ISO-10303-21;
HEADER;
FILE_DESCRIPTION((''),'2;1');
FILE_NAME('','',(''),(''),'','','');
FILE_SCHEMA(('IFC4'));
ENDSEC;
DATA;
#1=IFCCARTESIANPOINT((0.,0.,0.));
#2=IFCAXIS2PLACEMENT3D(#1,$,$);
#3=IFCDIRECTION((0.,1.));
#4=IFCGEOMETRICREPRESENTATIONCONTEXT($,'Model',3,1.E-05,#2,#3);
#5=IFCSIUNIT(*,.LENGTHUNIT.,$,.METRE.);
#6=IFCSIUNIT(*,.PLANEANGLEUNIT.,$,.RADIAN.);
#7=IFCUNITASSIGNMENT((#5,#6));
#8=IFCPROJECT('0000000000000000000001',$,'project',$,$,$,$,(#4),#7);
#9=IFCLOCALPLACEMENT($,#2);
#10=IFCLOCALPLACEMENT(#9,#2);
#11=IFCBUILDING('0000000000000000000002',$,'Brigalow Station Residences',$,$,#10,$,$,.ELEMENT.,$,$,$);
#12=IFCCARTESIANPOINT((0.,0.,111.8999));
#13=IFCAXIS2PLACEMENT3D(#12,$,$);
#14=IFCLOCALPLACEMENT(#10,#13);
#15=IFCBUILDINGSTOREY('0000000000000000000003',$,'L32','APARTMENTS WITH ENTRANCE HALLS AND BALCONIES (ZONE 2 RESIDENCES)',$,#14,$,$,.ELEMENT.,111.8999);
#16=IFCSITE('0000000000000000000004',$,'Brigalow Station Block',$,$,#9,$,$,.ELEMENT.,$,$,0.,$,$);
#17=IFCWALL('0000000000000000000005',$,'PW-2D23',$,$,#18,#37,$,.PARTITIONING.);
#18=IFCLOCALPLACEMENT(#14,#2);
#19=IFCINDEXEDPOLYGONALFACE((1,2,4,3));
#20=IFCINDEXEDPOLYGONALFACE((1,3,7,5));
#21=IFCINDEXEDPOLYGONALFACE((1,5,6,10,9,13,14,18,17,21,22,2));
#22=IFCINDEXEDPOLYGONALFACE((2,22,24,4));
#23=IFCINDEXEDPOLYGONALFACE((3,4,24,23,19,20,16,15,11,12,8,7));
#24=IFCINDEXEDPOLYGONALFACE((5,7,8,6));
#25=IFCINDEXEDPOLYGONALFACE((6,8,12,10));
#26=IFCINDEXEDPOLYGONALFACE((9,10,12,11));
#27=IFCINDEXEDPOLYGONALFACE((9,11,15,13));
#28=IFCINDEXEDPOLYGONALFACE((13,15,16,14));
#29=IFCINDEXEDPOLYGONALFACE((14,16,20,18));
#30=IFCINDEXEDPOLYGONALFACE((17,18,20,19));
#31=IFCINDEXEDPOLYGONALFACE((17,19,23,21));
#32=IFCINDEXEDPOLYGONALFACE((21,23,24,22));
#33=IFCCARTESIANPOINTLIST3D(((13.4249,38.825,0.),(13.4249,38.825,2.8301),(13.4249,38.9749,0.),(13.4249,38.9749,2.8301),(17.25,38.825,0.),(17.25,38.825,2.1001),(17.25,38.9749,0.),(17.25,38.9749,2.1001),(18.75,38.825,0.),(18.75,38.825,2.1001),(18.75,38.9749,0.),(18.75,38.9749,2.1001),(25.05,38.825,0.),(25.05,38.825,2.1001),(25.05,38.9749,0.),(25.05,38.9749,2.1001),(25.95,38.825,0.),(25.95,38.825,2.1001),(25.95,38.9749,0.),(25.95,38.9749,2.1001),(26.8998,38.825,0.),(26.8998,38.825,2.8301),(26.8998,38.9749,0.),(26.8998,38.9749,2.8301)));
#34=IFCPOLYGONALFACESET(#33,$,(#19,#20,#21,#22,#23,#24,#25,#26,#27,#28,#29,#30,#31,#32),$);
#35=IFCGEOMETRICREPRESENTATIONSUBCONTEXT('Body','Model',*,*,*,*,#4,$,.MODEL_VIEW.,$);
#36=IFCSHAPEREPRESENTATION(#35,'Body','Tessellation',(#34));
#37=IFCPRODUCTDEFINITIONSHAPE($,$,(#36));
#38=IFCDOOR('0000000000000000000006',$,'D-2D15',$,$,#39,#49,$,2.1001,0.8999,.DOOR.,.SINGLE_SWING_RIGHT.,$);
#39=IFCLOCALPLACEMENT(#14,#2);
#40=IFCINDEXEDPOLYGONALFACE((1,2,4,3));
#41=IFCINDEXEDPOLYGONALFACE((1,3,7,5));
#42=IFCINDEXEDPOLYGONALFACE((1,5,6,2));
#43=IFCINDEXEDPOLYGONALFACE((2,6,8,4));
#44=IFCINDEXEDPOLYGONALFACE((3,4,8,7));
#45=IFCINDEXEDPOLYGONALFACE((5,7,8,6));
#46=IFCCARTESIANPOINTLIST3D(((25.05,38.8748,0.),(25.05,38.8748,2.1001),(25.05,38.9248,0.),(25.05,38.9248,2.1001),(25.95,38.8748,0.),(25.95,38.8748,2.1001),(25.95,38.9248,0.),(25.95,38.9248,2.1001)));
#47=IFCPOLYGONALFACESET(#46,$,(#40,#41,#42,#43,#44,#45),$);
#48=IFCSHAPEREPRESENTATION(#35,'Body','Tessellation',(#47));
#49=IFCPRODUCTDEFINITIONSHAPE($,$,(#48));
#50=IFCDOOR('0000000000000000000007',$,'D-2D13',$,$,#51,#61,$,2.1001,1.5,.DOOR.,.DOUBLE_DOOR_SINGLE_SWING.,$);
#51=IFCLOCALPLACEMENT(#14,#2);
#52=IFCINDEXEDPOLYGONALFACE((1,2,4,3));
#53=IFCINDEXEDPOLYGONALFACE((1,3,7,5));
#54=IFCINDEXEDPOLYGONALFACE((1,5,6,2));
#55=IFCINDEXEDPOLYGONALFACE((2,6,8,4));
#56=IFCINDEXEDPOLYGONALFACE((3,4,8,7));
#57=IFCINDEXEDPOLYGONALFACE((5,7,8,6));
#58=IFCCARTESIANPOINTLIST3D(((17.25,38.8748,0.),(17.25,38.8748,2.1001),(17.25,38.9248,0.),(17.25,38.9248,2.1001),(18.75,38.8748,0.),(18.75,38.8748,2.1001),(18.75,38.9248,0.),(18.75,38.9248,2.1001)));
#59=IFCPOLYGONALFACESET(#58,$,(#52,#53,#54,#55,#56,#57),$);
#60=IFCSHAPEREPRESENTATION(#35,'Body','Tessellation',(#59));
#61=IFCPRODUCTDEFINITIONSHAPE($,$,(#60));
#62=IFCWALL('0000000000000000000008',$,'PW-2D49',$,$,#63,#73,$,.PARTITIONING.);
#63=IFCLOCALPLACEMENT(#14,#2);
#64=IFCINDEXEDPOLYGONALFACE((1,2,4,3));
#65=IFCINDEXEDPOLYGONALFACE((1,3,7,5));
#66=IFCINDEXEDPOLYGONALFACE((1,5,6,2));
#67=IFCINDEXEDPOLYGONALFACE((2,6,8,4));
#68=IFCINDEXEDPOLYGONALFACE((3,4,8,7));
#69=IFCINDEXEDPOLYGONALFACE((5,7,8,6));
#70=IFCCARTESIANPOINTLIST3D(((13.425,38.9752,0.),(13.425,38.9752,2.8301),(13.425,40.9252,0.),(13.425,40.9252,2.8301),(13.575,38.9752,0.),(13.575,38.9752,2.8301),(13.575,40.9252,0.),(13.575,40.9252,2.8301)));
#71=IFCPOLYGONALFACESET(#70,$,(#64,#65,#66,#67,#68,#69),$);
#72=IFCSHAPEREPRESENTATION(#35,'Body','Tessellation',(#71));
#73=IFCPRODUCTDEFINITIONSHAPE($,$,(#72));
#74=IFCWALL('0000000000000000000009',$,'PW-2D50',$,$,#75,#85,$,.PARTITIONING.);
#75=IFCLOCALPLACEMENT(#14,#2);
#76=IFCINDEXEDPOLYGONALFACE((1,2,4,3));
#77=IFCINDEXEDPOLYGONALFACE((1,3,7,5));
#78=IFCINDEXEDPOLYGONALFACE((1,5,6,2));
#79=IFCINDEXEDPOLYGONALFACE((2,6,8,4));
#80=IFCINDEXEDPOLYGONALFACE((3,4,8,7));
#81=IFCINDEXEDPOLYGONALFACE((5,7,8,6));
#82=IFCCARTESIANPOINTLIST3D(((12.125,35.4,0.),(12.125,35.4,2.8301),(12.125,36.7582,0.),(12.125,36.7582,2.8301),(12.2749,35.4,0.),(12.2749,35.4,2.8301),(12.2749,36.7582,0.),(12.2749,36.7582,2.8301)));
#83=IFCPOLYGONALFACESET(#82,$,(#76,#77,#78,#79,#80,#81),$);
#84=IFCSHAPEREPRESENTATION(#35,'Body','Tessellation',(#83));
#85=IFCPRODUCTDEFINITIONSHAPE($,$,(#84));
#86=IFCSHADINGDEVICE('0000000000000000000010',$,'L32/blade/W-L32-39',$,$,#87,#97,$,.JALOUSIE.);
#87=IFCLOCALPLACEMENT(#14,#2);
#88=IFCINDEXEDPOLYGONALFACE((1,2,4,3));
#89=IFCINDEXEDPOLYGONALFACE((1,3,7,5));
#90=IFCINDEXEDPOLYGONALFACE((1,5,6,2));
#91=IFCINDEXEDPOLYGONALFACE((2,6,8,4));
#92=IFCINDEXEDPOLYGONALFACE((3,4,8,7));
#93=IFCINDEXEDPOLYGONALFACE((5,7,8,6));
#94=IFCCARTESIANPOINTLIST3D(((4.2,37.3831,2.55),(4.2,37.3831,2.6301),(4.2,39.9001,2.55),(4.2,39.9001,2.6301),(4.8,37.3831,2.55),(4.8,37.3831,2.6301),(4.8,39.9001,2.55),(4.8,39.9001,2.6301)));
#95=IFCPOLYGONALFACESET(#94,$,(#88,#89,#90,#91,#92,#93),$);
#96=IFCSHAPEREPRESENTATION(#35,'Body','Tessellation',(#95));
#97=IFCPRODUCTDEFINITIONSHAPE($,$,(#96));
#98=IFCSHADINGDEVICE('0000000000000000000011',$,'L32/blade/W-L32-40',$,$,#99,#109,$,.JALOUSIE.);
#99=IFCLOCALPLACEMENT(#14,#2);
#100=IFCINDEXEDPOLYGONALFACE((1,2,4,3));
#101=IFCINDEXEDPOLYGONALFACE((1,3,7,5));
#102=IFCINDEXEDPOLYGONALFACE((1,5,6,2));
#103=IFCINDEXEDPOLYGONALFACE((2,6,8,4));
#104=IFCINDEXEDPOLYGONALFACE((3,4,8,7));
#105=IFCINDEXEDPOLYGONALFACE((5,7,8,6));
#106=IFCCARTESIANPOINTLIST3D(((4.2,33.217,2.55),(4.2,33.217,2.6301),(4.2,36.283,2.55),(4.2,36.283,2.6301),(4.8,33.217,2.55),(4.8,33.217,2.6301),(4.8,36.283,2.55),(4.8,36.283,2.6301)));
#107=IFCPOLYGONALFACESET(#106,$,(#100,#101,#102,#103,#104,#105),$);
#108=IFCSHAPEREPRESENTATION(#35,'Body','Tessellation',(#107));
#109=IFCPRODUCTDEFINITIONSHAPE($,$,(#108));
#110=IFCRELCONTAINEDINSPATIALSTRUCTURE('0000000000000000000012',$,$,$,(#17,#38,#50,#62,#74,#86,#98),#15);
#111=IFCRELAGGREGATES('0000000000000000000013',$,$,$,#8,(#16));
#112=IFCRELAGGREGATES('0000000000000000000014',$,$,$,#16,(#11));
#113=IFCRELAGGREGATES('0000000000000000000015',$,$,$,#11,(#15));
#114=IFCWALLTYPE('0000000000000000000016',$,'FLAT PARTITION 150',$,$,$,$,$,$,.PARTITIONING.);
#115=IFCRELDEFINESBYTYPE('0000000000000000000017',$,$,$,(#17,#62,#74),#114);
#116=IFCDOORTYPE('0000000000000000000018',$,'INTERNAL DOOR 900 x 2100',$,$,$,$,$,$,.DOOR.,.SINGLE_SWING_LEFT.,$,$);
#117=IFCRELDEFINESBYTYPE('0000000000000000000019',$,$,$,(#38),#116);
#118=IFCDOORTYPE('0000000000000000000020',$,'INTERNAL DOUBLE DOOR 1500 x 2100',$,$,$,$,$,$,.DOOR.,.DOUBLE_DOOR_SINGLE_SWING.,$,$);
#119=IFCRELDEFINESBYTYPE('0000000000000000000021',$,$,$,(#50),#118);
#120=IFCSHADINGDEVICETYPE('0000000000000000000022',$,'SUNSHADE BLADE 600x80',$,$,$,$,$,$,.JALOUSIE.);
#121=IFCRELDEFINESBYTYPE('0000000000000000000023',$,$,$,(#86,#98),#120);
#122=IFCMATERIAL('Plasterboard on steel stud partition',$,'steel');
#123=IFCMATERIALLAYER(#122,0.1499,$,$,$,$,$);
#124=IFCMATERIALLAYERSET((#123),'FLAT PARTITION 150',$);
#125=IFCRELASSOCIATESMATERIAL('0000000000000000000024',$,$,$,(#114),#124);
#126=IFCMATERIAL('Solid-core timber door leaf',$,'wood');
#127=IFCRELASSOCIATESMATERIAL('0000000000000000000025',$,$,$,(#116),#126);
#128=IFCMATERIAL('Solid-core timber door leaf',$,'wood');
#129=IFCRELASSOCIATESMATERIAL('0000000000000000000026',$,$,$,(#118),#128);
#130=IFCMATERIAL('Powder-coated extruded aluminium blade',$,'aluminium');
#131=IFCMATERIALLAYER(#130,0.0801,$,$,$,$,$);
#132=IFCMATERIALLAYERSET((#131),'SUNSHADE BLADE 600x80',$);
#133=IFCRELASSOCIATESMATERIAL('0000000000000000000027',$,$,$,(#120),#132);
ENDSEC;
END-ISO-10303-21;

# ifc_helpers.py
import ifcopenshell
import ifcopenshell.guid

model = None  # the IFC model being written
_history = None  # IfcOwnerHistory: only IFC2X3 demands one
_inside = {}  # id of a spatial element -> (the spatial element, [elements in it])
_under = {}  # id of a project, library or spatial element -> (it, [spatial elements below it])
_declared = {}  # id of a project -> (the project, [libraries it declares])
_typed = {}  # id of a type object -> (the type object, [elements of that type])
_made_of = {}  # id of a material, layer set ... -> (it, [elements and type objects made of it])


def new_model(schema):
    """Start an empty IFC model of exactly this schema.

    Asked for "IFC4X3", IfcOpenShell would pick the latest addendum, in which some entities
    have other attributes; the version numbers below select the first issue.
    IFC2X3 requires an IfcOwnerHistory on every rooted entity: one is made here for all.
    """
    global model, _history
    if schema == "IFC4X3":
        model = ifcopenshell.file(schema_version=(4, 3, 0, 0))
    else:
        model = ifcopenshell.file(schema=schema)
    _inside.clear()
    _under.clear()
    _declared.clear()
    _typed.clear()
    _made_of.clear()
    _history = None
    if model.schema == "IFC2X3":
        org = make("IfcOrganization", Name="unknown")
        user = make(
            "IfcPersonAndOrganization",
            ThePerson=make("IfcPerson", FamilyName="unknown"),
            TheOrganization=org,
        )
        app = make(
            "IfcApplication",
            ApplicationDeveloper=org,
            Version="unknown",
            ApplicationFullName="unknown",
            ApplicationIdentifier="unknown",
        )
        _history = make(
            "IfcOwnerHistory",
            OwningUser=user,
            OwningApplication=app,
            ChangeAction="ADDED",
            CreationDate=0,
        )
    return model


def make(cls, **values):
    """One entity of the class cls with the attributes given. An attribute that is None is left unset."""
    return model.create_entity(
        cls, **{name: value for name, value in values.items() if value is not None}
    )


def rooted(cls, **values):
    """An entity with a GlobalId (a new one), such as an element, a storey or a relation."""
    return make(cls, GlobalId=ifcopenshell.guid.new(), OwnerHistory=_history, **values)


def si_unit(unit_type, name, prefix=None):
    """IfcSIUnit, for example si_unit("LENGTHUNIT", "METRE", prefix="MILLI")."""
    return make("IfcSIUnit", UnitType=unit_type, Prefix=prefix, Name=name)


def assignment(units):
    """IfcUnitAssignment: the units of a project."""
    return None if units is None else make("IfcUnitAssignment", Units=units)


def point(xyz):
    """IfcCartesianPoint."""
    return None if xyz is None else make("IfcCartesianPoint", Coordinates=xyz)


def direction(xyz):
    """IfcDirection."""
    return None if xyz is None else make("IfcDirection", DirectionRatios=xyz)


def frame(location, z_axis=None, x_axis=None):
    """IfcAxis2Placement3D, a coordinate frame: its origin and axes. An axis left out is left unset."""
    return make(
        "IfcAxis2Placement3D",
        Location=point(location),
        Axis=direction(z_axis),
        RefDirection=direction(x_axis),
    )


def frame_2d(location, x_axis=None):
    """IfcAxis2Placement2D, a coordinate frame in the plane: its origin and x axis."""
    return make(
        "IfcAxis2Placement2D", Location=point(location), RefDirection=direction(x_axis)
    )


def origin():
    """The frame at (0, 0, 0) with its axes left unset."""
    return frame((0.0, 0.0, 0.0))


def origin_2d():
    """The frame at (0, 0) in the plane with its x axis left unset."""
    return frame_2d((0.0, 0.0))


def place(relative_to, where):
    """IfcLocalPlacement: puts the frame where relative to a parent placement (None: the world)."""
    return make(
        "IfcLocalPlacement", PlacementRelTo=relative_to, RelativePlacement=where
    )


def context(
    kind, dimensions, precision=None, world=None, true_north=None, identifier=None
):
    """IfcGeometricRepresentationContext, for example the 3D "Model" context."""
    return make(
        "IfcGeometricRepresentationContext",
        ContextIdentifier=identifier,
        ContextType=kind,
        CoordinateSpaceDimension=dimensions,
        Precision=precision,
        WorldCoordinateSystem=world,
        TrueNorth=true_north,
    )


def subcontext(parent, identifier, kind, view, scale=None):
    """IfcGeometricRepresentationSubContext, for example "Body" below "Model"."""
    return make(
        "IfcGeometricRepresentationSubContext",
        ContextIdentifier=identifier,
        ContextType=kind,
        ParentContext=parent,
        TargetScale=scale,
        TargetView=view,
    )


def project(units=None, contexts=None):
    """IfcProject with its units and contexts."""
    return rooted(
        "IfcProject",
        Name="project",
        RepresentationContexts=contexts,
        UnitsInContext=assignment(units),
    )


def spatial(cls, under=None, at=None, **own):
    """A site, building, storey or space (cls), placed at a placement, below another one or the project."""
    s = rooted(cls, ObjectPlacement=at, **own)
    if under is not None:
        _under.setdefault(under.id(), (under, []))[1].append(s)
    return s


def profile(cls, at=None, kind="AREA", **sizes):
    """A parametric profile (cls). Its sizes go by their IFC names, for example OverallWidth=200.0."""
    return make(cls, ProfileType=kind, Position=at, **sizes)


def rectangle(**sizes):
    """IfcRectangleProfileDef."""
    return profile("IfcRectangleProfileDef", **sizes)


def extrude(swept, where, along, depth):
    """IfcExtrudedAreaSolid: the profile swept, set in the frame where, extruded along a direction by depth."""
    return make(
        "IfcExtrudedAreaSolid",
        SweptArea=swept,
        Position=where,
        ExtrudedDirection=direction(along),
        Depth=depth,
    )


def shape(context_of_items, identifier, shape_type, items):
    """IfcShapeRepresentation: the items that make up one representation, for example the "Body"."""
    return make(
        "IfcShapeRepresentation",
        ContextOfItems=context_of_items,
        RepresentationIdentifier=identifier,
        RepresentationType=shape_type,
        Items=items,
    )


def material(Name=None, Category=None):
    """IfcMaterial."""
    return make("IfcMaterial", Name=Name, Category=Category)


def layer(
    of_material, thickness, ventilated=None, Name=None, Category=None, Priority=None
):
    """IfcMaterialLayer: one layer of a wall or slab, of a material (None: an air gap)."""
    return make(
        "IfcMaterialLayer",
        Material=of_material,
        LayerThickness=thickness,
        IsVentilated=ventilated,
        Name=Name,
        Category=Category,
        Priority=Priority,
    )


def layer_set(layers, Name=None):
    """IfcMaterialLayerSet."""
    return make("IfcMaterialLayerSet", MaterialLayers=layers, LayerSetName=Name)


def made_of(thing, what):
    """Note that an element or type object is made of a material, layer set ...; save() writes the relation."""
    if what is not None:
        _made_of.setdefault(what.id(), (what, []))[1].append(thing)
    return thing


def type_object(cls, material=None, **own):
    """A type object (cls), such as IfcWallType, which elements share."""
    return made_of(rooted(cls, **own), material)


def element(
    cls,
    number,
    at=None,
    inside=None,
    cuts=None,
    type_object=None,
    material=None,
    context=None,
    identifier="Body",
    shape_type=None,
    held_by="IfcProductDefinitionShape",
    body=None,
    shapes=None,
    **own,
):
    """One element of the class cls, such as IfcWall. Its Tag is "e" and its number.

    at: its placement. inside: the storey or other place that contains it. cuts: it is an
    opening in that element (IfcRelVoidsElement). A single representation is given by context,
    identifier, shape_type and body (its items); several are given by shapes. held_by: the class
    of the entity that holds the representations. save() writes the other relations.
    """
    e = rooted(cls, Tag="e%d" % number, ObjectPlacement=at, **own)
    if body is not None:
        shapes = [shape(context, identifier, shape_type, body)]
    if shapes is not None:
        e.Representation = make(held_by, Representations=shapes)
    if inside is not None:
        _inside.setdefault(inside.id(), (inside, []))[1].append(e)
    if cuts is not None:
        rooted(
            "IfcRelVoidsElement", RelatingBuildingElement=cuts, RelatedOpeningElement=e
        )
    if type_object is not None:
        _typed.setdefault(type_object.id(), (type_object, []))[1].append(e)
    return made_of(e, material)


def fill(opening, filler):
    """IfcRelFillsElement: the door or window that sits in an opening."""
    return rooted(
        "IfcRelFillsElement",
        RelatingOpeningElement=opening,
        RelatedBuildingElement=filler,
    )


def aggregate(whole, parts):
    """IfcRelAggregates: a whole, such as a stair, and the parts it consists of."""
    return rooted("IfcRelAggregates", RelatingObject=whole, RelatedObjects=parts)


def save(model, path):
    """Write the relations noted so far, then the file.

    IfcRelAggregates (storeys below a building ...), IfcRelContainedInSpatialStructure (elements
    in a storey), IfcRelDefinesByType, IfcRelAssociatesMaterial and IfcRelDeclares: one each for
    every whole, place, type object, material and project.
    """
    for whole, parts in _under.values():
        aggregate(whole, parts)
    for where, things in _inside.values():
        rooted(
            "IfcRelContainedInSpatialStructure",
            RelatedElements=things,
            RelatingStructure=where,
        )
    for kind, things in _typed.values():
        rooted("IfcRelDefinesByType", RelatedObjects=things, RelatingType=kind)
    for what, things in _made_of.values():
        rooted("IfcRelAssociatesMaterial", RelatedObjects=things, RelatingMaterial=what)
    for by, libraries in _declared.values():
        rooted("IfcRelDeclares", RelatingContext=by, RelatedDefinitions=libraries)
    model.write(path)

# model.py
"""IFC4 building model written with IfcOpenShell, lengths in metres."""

from ifc_helpers import new_model, si_unit, direction, frame, frame_2d, origin, origin_2d, place, context, subcontext, project, spatial, rectangle, extrude, material, layer, layer_set, type_object, element, fill, save


model = new_model("IFC4")

# Units and contexts
model_context = context("Model", 3, precision=1e-05, world=origin(), true_north=direction((0.0, 1.0)))
body_context = subcontext(model_context, "Body", "Model", "MODEL_VIEW")
ifc_project = project(units=[si_unit("LENGTHUNIT", "METRE"), si_unit("PLANEANGLEUNIT", "RADIAN")], contexts=[model_context])

# Site, building, storey
site_placement = place(None, origin())
site = spatial("IfcSite", under=ifc_project, at=site_placement, Name="Brigalow Station Block", CompositionType="ELEMENT", RefElevation=0.0)
building_placement = place(site_placement, origin())
building = spatial("IfcBuilding", under=site, at=building_placement, Name="Brigalow Station Residences", CompositionType="ELEMENT")
storey_placement = place(building_placement, frame((0.0, 0.0, 111.8999)))
storey = spatial("IfcBuildingStorey", under=building, at=storey_placement, Name="L32", Description="APARTMENTS WITH ENTRANCE HALLS AND BALCONIES (ZONE 2 RESIDENCES)", CompositionType="ELEMENT", Elevation=111.8999)

# Shared definitions
ifc_material_1 = material(Name="Plasterboard on steel stud partition", Category="steel")
ifc_layer_1 = layer(ifc_material_1, 0.1499)
ifc_layer_set_1 = layer_set([ifc_layer_1], Name="FLAT PARTITION 150")
wall_type_1 = type_object("IfcWallType", Name="FLAT PARTITION 150", PredefinedType="PARTITIONING", material=ifc_layer_set_1)
ifc_material_2 = material(Name="Solid-core timber door leaf", Category="wood")
door_type_1 = type_object("IfcDoorType", Name="INTERNAL DOOR 900 x 2100", OperationType="SINGLE_SWING_LEFT", PredefinedType="DOOR", material=ifc_material_2)

# Wall, openings, doors
wall_1_placement = place(storey_placement, frame((13.425, 38.8999, 0.0), z_axis=(0.0, 0.0, 1.0), x_axis=(1.0, 0.0, 0.0)))
wall_1 = element("IfcWall", 1, at=wall_1_placement, inside=storey, type_object=wall_type_1, Name="PW-2D23", PredefinedType="PARTITIONING", context=body_context, shape_type="SweptSolid", body=[
    extrude(rectangle(XDim=13.4749, YDim=0.1499, at=frame_2d((6.7373, 0.0))), origin(), (0.0, 0.0, 1.0), 2.8301),
])
opening_1_placement = place(wall_1_placement, frame((3.825, 0.0, 0.0)))
opening_1 = element("IfcOpeningElement", 2, at=opening_1_placement, cuts=wall_1, PredefinedType="OPENING", context=body_context, shape_type="SweptSolid", body=[
    extrude(rectangle(XDim=1.5, YDim=2.1001, at=frame_2d((0.75, 1.05))), frame((0.0, 0.085, 0.0), z_axis=(0.0, -1.0, 0.0), x_axis=(1.0, 0.0, 0.0)), (0.0, 0.0, 1.0), 0.1699),
])
opening_2_placement = place(wall_1_placement, frame((11.625, 0.0, 0.0)))
opening_2 = element("IfcOpeningElement", 3, at=opening_2_placement, cuts=wall_1, PredefinedType="OPENING", context=body_context, shape_type="SweptSolid", body=[
    extrude(rectangle(XDim=0.8999, YDim=2.1001, at=frame_2d((0.45, 1.05))), frame((0.0, 0.085, 0.0), z_axis=(0.0, -1.0, 0.0), x_axis=(1.0, 0.0, 0.0)), (0.0, 0.0, 1.0), 0.1699),
])
door_1_placement = place(opening_2_placement, origin())
door_1 = element("IfcDoor", 4, at=door_1_placement, inside=storey, type_object=door_type_1, Name="D-2D15", OperationType="SINGLE_SWING_RIGHT", OverallHeight=2.1001, OverallWidth=0.8999, PredefinedType="DOOR", context=body_context, shape_type="SweptSolid", body=[
    extrude(rectangle(XDim=0.8999, YDim=2.1001, at=frame_2d((0.45, 1.05))), frame((0.0, 0.0249, 0.0), z_axis=(0.0, -1.0, 0.0), x_axis=(1.0, 0.0, 0.0)), (0.0, 0.0, 1.0), 0.05),
])
fill(opening_2, door_1)
ifc_material_3 = material(Name="Solid-core timber door leaf", Category="wood")
door_type_2 = type_object("IfcDoorType", Name="INTERNAL DOUBLE DOOR 1500 x 2100", OperationType="DOUBLE_DOOR_SINGLE_SWING", PredefinedType="DOOR", material=ifc_material_3)
door_2_placement = place(opening_1_placement, origin())
door_2 = element("IfcDoor", 5, at=door_2_placement, inside=storey, type_object=door_type_2, Name="D-2D13", OperationType="DOUBLE_DOOR_SINGLE_SWING", OverallHeight=2.1001, OverallWidth=1.5, PredefinedType="DOOR", context=body_context, shape_type="SweptSolid", body=[
    extrude(rectangle(XDim=1.5, YDim=2.1001, at=frame_2d((0.75, 1.05))), frame((0.0, 0.0249, 0.0), z_axis=(0.0, -1.0, 0.0), x_axis=(1.0, 0.0, 0.0)), (0.0, 0.0, 1.0), 0.05),
])
fill(opening_1, door_2)

# Walls
wall_2_placement = place(storey_placement, frame((13.5, 38.9751, 0.0), z_axis=(0.0, 0.0, 1.0), x_axis=(0.0, 1.0, 0.0)))
element("IfcWall", 6, at=wall_2_placement, inside=storey, type_object=wall_type_1, Name="PW-2D49", PredefinedType="PARTITIONING", context=body_context, shape_type="SweptSolid", body=[
    extrude(rectangle(XDim=1.95, YDim=0.1499, at=frame_2d((0.9751, 0.0))), origin(), (0.0, 0.0, 1.0), 2.8301),
])
wall_3_placement = place(storey_placement, frame((12.2, 35.3999, 0.0), z_axis=(0.0, 0.0, 1.0), x_axis=(0.0, 1.0, 0.0)))
element("IfcWall", 7, at=wall_3_placement, inside=storey, type_object=wall_type_1, Name="PW-2D50", PredefinedType="PARTITIONING", context=body_context, shape_type="SweptSolid", body=[
    extrude(rectangle(XDim=1.3582, YDim=0.1499, at=frame_2d((0.6792, 0.0))), origin(), (0.0, 0.0, 1.0), 2.8301),
])

# Shading devices
ifc_material_4 = material(Name="Powder-coated extruded aluminium blade", Category="aluminium")
ifc_layer_2 = layer(ifc_material_4, 0.0801)
ifc_layer_set_2 = layer_set([ifc_layer_2], Name="SUNSHADE BLADE 600x80")
shading_device_type = type_object("IfcShadingDeviceType", Name="SUNSHADE BLADE 600x80", PredefinedType="JALOUSIE", material=ifc_layer_set_2)
shading_device_1_placement = place(storey_placement, frame((4.5, 38.6416, 2.55), z_axis=(0.0, 0.0, 1.0), x_axis=(0.0, -1.0, 0.0)))
element("IfcShadingDevice", 8, at=shading_device_1_placement, inside=storey, type_object=shading_device_type, Name="L32/blade/W-L32-39", PredefinedType="JALOUSIE", context=body_context, shape_type="SweptSolid", body=[
    extrude(rectangle(XDim=2.5171, YDim=0.6001, at=origin_2d()), origin(), (0.0, 0.0, 1.0), 0.0801),
])
shading_device_2_placement = place(storey_placement, frame((4.5, 34.75, 2.55), z_axis=(0.0, 0.0, 1.0), x_axis=(0.0, -1.0, 0.0)))
element("IfcShadingDevice", 9, at=shading_device_2_placement, inside=storey, type_object=shading_device_type, Name="L32/blade/W-L32-40", PredefinedType="JALOUSIE", context=body_context, shape_type="SweptSolid", body=[
    extrude(rectangle(XDim=3.0659, YDim=0.6001, at=origin_2d()), origin(), (0.0, 0.0, 1.0), 0.0801),
])

save(model, "model.ifc")
